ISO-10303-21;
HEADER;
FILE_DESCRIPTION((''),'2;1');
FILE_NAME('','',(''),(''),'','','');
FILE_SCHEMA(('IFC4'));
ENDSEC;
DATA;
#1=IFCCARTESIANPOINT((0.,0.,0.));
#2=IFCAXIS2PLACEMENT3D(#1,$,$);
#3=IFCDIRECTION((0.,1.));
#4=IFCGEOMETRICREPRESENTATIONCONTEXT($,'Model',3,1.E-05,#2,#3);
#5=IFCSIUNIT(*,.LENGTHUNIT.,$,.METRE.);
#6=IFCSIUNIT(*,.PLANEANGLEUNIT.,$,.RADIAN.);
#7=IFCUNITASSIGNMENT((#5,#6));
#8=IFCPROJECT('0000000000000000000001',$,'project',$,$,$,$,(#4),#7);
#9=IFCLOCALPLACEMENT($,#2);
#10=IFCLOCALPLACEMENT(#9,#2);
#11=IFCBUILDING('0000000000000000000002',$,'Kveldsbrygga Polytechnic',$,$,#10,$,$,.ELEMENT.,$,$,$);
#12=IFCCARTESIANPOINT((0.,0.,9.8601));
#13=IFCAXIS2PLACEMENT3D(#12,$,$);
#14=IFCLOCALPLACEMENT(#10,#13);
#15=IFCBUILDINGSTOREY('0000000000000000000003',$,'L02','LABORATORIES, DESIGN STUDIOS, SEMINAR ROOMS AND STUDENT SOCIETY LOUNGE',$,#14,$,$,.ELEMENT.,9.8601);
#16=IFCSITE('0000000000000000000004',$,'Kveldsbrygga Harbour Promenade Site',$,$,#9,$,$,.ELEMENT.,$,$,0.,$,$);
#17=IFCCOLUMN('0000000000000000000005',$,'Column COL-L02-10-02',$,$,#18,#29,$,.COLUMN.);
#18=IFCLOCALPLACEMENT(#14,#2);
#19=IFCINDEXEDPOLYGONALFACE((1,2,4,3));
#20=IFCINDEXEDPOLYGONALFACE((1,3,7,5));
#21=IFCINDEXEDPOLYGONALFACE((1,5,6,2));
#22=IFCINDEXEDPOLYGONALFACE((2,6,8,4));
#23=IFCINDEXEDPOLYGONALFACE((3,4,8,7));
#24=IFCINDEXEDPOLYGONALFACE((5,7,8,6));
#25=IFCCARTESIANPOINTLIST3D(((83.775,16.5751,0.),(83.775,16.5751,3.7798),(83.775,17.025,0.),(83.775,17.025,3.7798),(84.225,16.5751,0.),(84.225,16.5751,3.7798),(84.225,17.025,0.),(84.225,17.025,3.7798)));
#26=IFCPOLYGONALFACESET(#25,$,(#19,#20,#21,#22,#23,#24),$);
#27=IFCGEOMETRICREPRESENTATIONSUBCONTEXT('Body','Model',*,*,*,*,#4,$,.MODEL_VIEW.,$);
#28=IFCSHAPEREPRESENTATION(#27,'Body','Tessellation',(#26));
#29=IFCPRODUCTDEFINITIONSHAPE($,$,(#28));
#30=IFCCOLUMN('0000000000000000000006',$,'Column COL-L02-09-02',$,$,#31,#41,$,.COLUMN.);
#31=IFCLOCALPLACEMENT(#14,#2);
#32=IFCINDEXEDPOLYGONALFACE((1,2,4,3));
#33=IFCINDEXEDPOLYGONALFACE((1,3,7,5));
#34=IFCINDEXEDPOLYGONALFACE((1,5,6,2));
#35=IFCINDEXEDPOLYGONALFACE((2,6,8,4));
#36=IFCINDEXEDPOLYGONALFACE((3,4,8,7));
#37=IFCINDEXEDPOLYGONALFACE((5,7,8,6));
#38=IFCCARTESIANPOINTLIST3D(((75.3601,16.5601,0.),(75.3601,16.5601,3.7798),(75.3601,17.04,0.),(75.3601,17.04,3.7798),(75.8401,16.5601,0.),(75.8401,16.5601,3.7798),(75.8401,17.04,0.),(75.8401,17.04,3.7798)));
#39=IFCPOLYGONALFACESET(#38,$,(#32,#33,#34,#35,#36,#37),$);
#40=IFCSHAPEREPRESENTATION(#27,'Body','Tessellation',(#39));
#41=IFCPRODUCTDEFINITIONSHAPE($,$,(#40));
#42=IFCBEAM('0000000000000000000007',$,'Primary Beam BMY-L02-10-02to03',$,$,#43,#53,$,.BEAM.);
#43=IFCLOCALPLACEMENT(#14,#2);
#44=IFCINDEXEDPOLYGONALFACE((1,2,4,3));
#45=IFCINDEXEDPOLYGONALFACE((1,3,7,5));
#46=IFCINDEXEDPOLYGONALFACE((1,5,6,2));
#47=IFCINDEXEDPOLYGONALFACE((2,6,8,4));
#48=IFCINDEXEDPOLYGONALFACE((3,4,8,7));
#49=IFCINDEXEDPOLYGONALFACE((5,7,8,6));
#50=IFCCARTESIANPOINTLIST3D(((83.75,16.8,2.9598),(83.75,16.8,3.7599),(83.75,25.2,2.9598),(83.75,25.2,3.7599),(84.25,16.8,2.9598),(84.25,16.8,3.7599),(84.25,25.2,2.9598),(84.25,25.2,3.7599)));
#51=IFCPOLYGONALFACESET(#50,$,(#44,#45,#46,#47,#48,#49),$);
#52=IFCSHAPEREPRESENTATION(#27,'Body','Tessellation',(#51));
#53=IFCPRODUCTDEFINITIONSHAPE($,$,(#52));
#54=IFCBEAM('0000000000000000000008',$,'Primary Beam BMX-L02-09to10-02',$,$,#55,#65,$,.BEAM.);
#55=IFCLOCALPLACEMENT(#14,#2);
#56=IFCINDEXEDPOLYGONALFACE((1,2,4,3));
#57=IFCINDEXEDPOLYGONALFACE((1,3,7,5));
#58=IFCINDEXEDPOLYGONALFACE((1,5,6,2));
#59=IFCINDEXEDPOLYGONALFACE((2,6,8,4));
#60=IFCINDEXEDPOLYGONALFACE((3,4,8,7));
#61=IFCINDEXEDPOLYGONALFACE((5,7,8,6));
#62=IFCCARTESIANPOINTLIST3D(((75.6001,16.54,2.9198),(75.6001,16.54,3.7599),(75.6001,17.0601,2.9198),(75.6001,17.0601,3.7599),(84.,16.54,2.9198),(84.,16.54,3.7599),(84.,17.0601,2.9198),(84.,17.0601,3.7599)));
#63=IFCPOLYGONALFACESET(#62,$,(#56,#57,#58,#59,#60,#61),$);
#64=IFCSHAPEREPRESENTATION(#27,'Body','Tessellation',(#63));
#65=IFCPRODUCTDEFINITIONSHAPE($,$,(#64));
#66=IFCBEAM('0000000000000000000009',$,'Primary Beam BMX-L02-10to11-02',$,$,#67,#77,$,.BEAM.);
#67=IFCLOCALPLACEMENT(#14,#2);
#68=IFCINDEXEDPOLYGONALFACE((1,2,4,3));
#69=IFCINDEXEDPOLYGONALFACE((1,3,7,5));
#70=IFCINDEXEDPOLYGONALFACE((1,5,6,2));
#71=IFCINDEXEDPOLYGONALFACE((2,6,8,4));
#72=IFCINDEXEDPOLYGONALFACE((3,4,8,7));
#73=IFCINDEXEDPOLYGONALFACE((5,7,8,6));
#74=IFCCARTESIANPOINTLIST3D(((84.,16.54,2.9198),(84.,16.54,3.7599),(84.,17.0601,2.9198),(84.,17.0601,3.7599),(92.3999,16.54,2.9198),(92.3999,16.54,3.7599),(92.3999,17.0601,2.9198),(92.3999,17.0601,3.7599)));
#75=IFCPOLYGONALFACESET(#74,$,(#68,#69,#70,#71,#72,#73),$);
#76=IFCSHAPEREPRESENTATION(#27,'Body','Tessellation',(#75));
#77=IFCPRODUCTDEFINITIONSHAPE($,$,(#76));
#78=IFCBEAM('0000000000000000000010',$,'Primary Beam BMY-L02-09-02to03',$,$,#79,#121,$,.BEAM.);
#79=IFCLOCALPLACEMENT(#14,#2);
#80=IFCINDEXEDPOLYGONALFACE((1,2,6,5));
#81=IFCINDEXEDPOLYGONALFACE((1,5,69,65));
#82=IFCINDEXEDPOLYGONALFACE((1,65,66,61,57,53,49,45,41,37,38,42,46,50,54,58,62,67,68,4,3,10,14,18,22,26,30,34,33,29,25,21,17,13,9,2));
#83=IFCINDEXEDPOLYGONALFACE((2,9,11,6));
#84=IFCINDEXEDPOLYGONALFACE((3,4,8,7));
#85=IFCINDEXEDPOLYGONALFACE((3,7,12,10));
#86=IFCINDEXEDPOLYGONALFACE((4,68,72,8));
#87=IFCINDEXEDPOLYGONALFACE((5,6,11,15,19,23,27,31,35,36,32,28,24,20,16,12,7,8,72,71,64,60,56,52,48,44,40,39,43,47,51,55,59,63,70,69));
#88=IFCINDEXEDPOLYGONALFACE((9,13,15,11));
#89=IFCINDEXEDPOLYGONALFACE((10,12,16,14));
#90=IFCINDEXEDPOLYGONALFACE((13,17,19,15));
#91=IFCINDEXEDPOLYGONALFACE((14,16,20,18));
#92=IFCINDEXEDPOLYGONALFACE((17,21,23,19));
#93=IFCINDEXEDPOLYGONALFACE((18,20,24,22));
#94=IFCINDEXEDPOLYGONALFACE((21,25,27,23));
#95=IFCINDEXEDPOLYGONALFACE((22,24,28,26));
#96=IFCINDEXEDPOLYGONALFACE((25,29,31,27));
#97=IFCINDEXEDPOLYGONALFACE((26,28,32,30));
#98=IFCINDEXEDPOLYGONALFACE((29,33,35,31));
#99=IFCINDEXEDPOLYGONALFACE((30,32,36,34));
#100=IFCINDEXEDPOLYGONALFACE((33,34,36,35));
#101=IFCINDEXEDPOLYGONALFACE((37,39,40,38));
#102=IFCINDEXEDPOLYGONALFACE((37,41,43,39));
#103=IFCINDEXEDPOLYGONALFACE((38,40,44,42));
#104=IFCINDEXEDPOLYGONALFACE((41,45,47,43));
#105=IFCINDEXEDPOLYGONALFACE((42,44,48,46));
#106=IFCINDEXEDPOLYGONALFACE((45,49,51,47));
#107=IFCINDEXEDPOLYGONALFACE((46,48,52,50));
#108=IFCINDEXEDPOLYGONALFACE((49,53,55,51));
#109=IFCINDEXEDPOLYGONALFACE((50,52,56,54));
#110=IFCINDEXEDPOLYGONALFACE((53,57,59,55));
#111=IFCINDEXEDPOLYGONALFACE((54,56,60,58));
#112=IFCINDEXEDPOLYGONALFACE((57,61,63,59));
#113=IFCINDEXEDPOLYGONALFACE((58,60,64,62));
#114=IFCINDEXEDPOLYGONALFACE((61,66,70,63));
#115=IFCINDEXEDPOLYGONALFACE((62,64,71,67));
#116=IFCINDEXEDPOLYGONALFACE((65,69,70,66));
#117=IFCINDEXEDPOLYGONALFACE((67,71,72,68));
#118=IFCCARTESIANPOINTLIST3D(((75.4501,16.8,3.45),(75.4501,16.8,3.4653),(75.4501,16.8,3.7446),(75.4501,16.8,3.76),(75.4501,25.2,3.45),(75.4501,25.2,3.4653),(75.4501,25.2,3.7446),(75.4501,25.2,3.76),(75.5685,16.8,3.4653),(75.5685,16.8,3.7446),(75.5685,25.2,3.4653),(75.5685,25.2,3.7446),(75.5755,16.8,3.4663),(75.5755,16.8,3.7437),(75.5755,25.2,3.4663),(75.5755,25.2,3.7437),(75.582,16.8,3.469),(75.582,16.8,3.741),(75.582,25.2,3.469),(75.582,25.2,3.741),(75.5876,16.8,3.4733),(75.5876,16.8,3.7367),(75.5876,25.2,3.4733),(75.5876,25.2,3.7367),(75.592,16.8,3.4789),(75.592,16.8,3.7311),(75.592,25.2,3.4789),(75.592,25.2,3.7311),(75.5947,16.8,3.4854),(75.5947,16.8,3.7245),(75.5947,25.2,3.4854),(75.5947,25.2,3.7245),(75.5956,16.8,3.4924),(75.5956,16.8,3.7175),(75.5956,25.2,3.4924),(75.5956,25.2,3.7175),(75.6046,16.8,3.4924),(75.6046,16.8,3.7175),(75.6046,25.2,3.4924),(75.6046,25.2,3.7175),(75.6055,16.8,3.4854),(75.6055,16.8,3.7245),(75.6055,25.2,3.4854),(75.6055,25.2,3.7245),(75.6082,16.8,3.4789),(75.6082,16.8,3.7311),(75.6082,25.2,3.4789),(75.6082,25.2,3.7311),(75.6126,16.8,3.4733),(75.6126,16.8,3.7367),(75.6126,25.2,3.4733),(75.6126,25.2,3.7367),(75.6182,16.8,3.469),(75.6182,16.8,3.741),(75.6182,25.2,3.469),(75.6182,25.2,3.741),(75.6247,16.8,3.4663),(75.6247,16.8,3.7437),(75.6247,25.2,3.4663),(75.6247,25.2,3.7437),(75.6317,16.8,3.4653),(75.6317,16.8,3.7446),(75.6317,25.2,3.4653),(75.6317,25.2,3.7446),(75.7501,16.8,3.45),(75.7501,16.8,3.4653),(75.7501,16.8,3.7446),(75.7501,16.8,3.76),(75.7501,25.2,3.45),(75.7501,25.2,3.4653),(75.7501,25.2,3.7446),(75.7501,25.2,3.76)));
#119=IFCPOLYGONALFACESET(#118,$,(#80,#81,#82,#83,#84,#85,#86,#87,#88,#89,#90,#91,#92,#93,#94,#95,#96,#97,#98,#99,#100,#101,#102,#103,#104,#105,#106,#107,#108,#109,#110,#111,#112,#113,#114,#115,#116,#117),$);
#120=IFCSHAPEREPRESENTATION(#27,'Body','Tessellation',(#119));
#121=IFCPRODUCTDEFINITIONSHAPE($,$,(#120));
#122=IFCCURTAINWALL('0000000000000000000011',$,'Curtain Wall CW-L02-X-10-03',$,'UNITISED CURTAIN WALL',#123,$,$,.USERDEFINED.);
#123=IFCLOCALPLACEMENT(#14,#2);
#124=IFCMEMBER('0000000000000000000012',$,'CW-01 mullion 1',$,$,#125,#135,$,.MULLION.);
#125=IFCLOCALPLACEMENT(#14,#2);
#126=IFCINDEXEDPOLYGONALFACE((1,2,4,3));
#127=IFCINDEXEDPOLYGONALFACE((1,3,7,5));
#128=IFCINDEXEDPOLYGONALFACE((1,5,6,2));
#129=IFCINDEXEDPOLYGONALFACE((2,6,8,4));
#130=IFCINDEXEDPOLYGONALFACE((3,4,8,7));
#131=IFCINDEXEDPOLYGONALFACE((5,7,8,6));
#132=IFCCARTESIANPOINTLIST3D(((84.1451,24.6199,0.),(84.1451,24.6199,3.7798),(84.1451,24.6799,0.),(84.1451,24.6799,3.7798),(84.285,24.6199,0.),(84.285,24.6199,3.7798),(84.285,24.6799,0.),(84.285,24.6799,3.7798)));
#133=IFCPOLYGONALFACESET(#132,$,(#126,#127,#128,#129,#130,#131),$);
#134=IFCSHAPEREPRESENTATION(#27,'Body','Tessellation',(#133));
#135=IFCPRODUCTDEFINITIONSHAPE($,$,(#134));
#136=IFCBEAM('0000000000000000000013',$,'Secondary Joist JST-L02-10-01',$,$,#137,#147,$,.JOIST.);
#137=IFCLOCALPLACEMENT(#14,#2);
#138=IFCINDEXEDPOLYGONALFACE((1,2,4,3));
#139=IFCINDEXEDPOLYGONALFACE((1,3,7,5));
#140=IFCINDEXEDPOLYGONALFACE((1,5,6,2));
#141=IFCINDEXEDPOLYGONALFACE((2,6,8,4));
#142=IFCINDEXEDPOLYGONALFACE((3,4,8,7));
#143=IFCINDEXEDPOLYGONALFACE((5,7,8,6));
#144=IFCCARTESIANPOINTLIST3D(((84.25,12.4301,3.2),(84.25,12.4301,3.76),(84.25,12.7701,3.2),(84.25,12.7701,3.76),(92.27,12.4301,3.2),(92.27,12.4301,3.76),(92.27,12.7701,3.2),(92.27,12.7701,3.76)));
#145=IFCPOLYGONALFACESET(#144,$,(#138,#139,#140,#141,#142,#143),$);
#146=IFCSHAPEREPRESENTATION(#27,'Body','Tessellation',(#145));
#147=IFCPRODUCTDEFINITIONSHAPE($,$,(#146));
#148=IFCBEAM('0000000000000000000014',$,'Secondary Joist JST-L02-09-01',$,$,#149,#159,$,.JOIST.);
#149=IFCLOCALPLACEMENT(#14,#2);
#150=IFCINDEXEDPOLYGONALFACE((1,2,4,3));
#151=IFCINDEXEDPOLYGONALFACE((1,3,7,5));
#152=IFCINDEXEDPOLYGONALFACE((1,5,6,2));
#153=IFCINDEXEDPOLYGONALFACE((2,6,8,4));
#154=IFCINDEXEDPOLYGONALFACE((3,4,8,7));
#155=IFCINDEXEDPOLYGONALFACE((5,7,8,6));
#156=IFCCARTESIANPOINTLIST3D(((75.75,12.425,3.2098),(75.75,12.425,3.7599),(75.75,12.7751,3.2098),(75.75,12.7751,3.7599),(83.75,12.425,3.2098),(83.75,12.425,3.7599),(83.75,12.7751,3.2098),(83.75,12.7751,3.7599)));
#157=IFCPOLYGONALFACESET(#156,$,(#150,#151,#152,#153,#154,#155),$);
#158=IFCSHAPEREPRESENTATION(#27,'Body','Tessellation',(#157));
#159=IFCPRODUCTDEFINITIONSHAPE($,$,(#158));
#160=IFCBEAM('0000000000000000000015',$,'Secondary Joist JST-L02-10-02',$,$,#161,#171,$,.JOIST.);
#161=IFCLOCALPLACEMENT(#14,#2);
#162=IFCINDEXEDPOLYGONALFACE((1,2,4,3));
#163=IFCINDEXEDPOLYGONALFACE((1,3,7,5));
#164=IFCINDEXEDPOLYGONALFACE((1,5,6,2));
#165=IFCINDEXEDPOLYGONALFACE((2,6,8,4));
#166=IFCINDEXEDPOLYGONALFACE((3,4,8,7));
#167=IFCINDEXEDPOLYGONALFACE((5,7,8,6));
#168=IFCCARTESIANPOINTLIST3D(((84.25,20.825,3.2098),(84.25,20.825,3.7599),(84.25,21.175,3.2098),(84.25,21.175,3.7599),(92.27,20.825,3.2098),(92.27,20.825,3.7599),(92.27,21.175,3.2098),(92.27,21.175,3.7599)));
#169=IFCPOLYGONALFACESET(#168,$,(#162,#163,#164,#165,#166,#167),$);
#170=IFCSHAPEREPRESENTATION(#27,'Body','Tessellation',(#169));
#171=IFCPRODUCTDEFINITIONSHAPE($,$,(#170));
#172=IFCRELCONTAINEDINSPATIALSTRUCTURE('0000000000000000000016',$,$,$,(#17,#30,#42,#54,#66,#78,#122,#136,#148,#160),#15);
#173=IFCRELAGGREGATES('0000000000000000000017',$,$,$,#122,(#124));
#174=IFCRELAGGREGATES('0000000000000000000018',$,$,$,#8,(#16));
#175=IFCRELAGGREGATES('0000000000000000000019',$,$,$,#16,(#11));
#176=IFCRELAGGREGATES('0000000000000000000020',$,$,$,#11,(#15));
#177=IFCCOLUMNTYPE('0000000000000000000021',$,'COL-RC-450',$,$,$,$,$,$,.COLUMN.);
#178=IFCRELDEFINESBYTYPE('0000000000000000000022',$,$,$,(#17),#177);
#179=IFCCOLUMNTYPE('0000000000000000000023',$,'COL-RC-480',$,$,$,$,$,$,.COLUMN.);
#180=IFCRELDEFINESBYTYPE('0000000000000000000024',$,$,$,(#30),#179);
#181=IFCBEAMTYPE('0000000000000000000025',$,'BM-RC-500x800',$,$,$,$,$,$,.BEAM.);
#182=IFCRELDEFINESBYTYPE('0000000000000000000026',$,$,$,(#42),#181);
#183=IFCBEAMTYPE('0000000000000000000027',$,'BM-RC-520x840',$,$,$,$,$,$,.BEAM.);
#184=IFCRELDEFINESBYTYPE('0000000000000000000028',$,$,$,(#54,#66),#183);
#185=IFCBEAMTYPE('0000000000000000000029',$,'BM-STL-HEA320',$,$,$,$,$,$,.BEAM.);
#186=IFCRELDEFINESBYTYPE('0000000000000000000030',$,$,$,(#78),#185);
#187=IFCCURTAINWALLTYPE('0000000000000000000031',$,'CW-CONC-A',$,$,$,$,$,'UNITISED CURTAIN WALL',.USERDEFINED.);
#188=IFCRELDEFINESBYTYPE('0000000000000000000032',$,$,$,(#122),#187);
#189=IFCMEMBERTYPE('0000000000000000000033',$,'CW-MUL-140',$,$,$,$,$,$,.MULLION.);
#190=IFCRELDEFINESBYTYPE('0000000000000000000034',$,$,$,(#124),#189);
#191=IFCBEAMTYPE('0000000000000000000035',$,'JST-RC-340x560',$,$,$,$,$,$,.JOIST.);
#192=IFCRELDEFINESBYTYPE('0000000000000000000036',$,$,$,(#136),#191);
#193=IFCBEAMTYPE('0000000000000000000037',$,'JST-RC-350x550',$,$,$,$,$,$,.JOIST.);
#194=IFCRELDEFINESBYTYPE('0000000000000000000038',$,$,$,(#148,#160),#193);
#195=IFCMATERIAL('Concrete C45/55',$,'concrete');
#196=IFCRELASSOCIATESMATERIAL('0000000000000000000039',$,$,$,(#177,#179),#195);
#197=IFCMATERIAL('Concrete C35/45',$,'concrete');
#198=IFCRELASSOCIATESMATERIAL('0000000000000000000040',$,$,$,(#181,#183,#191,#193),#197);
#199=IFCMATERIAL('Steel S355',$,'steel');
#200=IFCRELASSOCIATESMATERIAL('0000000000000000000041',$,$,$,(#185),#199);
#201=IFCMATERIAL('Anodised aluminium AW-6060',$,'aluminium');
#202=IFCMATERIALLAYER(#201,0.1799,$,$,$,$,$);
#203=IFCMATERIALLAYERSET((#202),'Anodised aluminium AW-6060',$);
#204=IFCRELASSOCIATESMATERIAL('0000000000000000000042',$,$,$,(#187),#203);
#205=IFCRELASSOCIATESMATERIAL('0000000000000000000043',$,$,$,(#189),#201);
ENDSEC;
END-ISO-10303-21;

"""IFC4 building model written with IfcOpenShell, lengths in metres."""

from ifc_helpers import new_model, si_unit, direction, frame, origin, origin_2d, place, context, subcontext, project, spatial, rectangle, i_section, extrude, material, layer, layer_set, material_profile, profile_set, type_object, element, aggregate, save


model = new_model("IFC4")

# Units and contexts
model_context = context("Model", 3, precision=1e-05, world=origin(), true_north=direction((0.0, 1.0)))
body_context = subcontext(model_context, "Body", "Model", "MODEL_VIEW")
ifc_project = project(units=[si_unit("LENGTHUNIT", "METRE"), si_unit("PLANEANGLEUNIT", "RADIAN")], contexts=[model_context])

# Site, building, storey
site_placement = place(None, origin())
site = spatial("IfcSite", under=ifc_project, at=site_placement, Name="Kveldsbrygga Harbour Promenade Site", CompositionType="ELEMENT", RefElevation=0.0)
building_placement = place(site_placement, origin())
building = spatial("IfcBuilding", under=site, at=building_placement, Name="Kveldsbrygga Polytechnic", CompositionType="ELEMENT")
storey_placement = place(building_placement, frame((0.0, 0.0, 9.8601)))
storey = spatial("IfcBuildingStorey", under=building, at=storey_placement, Name="L02", Description="LABORATORIES, DESIGN STUDIOS, SEMINAR ROOMS AND STUDENT SOCIETY LOUNGE", CompositionType="ELEMENT", Elevation=9.8601)

# Columns
ifc_material_1 = material(Name="Concrete C45/55", Category="concrete")
ifc_material_profile_1 = material_profile(ifc_material_1, rectangle(XDim=0.45, YDim=0.45, at=origin_2d()), Name="RC 450x450")
ifc_profile_set_1 = profile_set([ifc_material_profile_1], Name="Concrete C45/55")
column_type_1 = type_object("IfcColumnType", Name="COL-RC-450", PredefinedType="COLUMN", material=ifc_profile_set_1)
column_1_placement = place(storey_placement, frame((84.0, 16.8, 0.0), z_axis=(0.0, 0.0, 1.0), x_axis=(1.0, 0.0, 0.0)))
element("IfcColumn", 1, at=column_1_placement, inside=storey, type_object=column_type_1, Name="Column COL-L02-10-02", PredefinedType="COLUMN", context=body_context, shape_type="SweptSolid", body=[
    extrude(rectangle(XDim=0.45, YDim=0.45, at=origin_2d()), origin(), (0.0, 0.0, 1.0), 3.7798),
])
ifc_material_profile_2 = material_profile(ifc_material_1, rectangle(XDim=0.48, YDim=0.48, at=origin_2d()), Name="RC 480x480")
ifc_profile_set_2 = profile_set([ifc_material_profile_2], Name="Concrete C45/55")
column_type_2 = type_object("IfcColumnType", Name="COL-RC-480", PredefinedType="COLUMN", material=ifc_profile_set_2)
column_2_placement = place(storey_placement, frame((75.6001, 16.8, 0.0), z_axis=(0.0, 0.0, 1.0), x_axis=(1.0, 0.0, 0.0)))
element("IfcColumn", 2, at=column_2_placement, inside=storey, type_object=column_type_2, Name="Column COL-L02-09-02", PredefinedType="COLUMN", context=body_context, shape_type="SweptSolid", body=[
    extrude(rectangle(XDim=0.48, YDim=0.48, at=origin_2d()), origin(), (0.0, 0.0, 1.0), 3.7798),
])

# Beams
ifc_material_2 = material(Name="Concrete C35/45", Category="concrete")
ifc_material_profile_3 = material_profile(ifc_material_2, rectangle(XDim=0.5, YDim=0.8, at=origin_2d()), Name="RC 500x800")
ifc_profile_set_3 = profile_set([ifc_material_profile_3], Name="Concrete C35/45")
beam_type_1 = type_object("IfcBeamType", Name="BM-RC-500x800", PredefinedType="BEAM", material=ifc_profile_set_3)
beam_1_placement = place(storey_placement, frame((84.0, 16.8, 3.3599), z_axis=(0.0, 1.0, 0.0), x_axis=(-1.0, 0.0, 0.0)))
element("IfcBeam", 3, at=beam_1_placement, inside=storey, type_object=beam_type_1, Name="Primary Beam BMY-L02-10-02to03", PredefinedType="BEAM", context=body_context, shape_type="SweptSolid", body=[
    extrude(rectangle(XDim=0.5, YDim=0.8, at=origin_2d()), origin(), (0.0, 0.0, 1.0), 8.3999),
])
ifc_material_profile_4 = material_profile(ifc_material_2, rectangle(XDim=0.52, YDim=0.8401, at=origin_2d()), Name="RC 520x840")
ifc_profile_set_4 = profile_set([ifc_material_profile_4], Name="Concrete C35/45")
beam_type_2 = type_object("IfcBeamType", Name="BM-RC-520x840", PredefinedType="BEAM", material=ifc_profile_set_4)
for number, where, z_axis, x_axis, name in (
    (4, (75.6001, 16.8, 3.3398), (1.0, 0.0, 0.0), (0.0, 1.0, 0.0), "Primary Beam BMX-L02-09to10-02"),
    (5, (84.0, 16.8, 3.3398), (1.0, 0.0, 0.0), (0.0, 1.0, 0.0), "Primary Beam BMX-L02-10to11-02"),
):
    element("IfcBeam", number, at=place(storey_placement, frame(where, z_axis=z_axis, x_axis=x_axis)), inside=storey, type_object=beam_type_2, Name=name, PredefinedType="BEAM", context=body_context, shape_type="SweptSolid", body=[
        extrude(rectangle(XDim=0.52, YDim=0.8401, at=origin_2d()), origin(), (0.0, 0.0, 1.0), 8.3999),
    ])
ifc_material_3 = material(Name="Steel S355", Category="steel")
ifc_material_profile_5 = material_profile(ifc_material_3, i_section(OverallWidth=0.3, OverallDepth=0.3101, WebThickness=0.009, FlangeThickness=0.0154, FilletRadius=0.0271, at=origin_2d()), Name="HEA 320")
ifc_profile_set_5 = profile_set([ifc_material_profile_5], Name="Steel S355")
beam_type_3 = type_object("IfcBeamType", Name="BM-STL-HEA320", PredefinedType="BEAM", material=ifc_profile_set_5)
beam_2_placement = place(storey_placement, frame((75.6001, 16.8, 3.605), z_axis=(0.0, 1.0, 0.0), x_axis=(-1.0, 0.0, 0.0)))
element("IfcBeam", 6, at=beam_2_placement, inside=storey, type_object=beam_type_3, Name="Primary Beam BMY-L02-09-02to03", PredefinedType="BEAM", context=body_context, shape_type="SweptSolid", body=[
    extrude(i_section(OverallWidth=0.3, OverallDepth=0.3101, WebThickness=0.009, FlangeThickness=0.0154, FilletRadius=0.0271, at=origin_2d()), origin(), (0.0, 0.0, 1.0), 8.3999),
])

# Curtain wall, member
ifc_material_4 = material(Name="Anodised aluminium AW-6060", Category="aluminium")
ifc_layer_1 = layer(ifc_material_4, 0.1799)
ifc_layer_set_1 = layer_set([ifc_layer_1], Name="Anodised aluminium AW-6060")
curtain_wall_type = type_object("IfcCurtainWallType", Name="CW-CONC-A", ElementType="UNITISED CURTAIN WALL", PredefinedType="USERDEFINED", material=ifc_layer_set_1)
curtain_wall_placement = place(storey_placement, origin())
curtain_wall = element("IfcCurtainWall", 7, at=curtain_wall_placement, inside=storey, type_object=curtain_wall_type, Name="Curtain Wall CW-L02-X-10-03", ObjectType="UNITISED CURTAIN WALL", PredefinedType="USERDEFINED")
ifc_material_profile_6 = material_profile(ifc_material_4, rectangle(XDim=0.0601, YDim=0.1399, at=origin_2d()), Name="ALU 60x140")
ifc_profile_set_6 = profile_set([ifc_material_profile_6], Name="Anodised aluminium AW-6060")
member_type = type_object("IfcMemberType", Name="CW-MUL-140", PredefinedType="MULLION", material=ifc_profile_set_6)
member_placement = place(storey_placement, frame((84.2151, 24.6499, 0.0), z_axis=(0.0, 0.0, 1.0), x_axis=(0.0, 1.0, 0.0)))
member = element("IfcMember", 8, at=member_placement, type_object=member_type, Name="CW-01 mullion 1", PredefinedType="MULLION", context=body_context, shape_type="SweptSolid", body=[
    extrude(rectangle(XDim=0.0601, YDim=0.1399, at=origin_2d()), origin(), (0.0, 0.0, 1.0), 3.7798),
])
aggregate(curtain_wall, [member])

# Beams
ifc_material_profile_7 = material_profile(ifc_material_2, rectangle(XDim=0.3401, YDim=0.5601, at=origin_2d()), Name="RC 340x560")
ifc_profile_set_7 = profile_set([ifc_material_profile_7], Name="Concrete C35/45")
beam_type_4 = type_object("IfcBeamType", Name="JST-RC-340x560", PredefinedType="JOIST", material=ifc_profile_set_7)
beam_3_placement = place(storey_placement, frame((84.25, 12.6001, 3.48), z_axis=(1.0, 0.0, 0.0), x_axis=(0.0, 1.0, 0.0)))
element("IfcBeam", 9, at=beam_3_placement, inside=storey, type_object=beam_type_4, Name="Secondary Joist JST-L02-10-01", PredefinedType="JOIST", context=body_context, shape_type="SweptSolid", body=[
    extrude(rectangle(XDim=0.3401, YDim=0.5601, at=origin_2d()), origin(), (0.0, 0.0, 1.0), 8.02),
])
ifc_material_profile_8 = material_profile(ifc_material_2, rectangle(XDim=0.3501, YDim=0.55, at=origin_2d()), Name="RC 350x550")
ifc_profile_set_8 = profile_set([ifc_material_profile_8], Name="Concrete C35/45")
beam_type_5 = type_object("IfcBeamType", Name="JST-RC-350x550", PredefinedType="JOIST", material=ifc_profile_set_8)
beam_4_placement = place(storey_placement, frame((75.75, 12.6001, 3.4849), z_axis=(1.0, 0.0, 0.0), x_axis=(0.0, 1.0, 0.0)))
element("IfcBeam", 10, at=beam_4_placement, inside=storey, type_object=beam_type_5, Name="Secondary Joist JST-L02-09-01", PredefinedType="JOIST", context=body_context, shape_type="SweptSolid", body=[
    extrude(rectangle(XDim=0.3501, YDim=0.55, at=origin_2d()), origin(), (0.0, 0.0, 1.0), 8.0),
])
beam_5_placement = place(storey_placement, frame((84.25, 21.0, 3.4849), z_axis=(1.0, 0.0, 0.0), x_axis=(0.0, 1.0, 0.0)))
element("IfcBeam", 11, at=beam_5_placement, inside=storey, type_object=beam_type_5, Name="Secondary Joist JST-L02-10-02", PredefinedType="JOIST", context=body_context, shape_type="SweptSolid", body=[
    extrude(rectangle(XDim=0.3501, YDim=0.55, at=origin_2d()), origin(), (0.0, 0.0, 1.0), 8.02),
])

save(model, "model.ifc")
